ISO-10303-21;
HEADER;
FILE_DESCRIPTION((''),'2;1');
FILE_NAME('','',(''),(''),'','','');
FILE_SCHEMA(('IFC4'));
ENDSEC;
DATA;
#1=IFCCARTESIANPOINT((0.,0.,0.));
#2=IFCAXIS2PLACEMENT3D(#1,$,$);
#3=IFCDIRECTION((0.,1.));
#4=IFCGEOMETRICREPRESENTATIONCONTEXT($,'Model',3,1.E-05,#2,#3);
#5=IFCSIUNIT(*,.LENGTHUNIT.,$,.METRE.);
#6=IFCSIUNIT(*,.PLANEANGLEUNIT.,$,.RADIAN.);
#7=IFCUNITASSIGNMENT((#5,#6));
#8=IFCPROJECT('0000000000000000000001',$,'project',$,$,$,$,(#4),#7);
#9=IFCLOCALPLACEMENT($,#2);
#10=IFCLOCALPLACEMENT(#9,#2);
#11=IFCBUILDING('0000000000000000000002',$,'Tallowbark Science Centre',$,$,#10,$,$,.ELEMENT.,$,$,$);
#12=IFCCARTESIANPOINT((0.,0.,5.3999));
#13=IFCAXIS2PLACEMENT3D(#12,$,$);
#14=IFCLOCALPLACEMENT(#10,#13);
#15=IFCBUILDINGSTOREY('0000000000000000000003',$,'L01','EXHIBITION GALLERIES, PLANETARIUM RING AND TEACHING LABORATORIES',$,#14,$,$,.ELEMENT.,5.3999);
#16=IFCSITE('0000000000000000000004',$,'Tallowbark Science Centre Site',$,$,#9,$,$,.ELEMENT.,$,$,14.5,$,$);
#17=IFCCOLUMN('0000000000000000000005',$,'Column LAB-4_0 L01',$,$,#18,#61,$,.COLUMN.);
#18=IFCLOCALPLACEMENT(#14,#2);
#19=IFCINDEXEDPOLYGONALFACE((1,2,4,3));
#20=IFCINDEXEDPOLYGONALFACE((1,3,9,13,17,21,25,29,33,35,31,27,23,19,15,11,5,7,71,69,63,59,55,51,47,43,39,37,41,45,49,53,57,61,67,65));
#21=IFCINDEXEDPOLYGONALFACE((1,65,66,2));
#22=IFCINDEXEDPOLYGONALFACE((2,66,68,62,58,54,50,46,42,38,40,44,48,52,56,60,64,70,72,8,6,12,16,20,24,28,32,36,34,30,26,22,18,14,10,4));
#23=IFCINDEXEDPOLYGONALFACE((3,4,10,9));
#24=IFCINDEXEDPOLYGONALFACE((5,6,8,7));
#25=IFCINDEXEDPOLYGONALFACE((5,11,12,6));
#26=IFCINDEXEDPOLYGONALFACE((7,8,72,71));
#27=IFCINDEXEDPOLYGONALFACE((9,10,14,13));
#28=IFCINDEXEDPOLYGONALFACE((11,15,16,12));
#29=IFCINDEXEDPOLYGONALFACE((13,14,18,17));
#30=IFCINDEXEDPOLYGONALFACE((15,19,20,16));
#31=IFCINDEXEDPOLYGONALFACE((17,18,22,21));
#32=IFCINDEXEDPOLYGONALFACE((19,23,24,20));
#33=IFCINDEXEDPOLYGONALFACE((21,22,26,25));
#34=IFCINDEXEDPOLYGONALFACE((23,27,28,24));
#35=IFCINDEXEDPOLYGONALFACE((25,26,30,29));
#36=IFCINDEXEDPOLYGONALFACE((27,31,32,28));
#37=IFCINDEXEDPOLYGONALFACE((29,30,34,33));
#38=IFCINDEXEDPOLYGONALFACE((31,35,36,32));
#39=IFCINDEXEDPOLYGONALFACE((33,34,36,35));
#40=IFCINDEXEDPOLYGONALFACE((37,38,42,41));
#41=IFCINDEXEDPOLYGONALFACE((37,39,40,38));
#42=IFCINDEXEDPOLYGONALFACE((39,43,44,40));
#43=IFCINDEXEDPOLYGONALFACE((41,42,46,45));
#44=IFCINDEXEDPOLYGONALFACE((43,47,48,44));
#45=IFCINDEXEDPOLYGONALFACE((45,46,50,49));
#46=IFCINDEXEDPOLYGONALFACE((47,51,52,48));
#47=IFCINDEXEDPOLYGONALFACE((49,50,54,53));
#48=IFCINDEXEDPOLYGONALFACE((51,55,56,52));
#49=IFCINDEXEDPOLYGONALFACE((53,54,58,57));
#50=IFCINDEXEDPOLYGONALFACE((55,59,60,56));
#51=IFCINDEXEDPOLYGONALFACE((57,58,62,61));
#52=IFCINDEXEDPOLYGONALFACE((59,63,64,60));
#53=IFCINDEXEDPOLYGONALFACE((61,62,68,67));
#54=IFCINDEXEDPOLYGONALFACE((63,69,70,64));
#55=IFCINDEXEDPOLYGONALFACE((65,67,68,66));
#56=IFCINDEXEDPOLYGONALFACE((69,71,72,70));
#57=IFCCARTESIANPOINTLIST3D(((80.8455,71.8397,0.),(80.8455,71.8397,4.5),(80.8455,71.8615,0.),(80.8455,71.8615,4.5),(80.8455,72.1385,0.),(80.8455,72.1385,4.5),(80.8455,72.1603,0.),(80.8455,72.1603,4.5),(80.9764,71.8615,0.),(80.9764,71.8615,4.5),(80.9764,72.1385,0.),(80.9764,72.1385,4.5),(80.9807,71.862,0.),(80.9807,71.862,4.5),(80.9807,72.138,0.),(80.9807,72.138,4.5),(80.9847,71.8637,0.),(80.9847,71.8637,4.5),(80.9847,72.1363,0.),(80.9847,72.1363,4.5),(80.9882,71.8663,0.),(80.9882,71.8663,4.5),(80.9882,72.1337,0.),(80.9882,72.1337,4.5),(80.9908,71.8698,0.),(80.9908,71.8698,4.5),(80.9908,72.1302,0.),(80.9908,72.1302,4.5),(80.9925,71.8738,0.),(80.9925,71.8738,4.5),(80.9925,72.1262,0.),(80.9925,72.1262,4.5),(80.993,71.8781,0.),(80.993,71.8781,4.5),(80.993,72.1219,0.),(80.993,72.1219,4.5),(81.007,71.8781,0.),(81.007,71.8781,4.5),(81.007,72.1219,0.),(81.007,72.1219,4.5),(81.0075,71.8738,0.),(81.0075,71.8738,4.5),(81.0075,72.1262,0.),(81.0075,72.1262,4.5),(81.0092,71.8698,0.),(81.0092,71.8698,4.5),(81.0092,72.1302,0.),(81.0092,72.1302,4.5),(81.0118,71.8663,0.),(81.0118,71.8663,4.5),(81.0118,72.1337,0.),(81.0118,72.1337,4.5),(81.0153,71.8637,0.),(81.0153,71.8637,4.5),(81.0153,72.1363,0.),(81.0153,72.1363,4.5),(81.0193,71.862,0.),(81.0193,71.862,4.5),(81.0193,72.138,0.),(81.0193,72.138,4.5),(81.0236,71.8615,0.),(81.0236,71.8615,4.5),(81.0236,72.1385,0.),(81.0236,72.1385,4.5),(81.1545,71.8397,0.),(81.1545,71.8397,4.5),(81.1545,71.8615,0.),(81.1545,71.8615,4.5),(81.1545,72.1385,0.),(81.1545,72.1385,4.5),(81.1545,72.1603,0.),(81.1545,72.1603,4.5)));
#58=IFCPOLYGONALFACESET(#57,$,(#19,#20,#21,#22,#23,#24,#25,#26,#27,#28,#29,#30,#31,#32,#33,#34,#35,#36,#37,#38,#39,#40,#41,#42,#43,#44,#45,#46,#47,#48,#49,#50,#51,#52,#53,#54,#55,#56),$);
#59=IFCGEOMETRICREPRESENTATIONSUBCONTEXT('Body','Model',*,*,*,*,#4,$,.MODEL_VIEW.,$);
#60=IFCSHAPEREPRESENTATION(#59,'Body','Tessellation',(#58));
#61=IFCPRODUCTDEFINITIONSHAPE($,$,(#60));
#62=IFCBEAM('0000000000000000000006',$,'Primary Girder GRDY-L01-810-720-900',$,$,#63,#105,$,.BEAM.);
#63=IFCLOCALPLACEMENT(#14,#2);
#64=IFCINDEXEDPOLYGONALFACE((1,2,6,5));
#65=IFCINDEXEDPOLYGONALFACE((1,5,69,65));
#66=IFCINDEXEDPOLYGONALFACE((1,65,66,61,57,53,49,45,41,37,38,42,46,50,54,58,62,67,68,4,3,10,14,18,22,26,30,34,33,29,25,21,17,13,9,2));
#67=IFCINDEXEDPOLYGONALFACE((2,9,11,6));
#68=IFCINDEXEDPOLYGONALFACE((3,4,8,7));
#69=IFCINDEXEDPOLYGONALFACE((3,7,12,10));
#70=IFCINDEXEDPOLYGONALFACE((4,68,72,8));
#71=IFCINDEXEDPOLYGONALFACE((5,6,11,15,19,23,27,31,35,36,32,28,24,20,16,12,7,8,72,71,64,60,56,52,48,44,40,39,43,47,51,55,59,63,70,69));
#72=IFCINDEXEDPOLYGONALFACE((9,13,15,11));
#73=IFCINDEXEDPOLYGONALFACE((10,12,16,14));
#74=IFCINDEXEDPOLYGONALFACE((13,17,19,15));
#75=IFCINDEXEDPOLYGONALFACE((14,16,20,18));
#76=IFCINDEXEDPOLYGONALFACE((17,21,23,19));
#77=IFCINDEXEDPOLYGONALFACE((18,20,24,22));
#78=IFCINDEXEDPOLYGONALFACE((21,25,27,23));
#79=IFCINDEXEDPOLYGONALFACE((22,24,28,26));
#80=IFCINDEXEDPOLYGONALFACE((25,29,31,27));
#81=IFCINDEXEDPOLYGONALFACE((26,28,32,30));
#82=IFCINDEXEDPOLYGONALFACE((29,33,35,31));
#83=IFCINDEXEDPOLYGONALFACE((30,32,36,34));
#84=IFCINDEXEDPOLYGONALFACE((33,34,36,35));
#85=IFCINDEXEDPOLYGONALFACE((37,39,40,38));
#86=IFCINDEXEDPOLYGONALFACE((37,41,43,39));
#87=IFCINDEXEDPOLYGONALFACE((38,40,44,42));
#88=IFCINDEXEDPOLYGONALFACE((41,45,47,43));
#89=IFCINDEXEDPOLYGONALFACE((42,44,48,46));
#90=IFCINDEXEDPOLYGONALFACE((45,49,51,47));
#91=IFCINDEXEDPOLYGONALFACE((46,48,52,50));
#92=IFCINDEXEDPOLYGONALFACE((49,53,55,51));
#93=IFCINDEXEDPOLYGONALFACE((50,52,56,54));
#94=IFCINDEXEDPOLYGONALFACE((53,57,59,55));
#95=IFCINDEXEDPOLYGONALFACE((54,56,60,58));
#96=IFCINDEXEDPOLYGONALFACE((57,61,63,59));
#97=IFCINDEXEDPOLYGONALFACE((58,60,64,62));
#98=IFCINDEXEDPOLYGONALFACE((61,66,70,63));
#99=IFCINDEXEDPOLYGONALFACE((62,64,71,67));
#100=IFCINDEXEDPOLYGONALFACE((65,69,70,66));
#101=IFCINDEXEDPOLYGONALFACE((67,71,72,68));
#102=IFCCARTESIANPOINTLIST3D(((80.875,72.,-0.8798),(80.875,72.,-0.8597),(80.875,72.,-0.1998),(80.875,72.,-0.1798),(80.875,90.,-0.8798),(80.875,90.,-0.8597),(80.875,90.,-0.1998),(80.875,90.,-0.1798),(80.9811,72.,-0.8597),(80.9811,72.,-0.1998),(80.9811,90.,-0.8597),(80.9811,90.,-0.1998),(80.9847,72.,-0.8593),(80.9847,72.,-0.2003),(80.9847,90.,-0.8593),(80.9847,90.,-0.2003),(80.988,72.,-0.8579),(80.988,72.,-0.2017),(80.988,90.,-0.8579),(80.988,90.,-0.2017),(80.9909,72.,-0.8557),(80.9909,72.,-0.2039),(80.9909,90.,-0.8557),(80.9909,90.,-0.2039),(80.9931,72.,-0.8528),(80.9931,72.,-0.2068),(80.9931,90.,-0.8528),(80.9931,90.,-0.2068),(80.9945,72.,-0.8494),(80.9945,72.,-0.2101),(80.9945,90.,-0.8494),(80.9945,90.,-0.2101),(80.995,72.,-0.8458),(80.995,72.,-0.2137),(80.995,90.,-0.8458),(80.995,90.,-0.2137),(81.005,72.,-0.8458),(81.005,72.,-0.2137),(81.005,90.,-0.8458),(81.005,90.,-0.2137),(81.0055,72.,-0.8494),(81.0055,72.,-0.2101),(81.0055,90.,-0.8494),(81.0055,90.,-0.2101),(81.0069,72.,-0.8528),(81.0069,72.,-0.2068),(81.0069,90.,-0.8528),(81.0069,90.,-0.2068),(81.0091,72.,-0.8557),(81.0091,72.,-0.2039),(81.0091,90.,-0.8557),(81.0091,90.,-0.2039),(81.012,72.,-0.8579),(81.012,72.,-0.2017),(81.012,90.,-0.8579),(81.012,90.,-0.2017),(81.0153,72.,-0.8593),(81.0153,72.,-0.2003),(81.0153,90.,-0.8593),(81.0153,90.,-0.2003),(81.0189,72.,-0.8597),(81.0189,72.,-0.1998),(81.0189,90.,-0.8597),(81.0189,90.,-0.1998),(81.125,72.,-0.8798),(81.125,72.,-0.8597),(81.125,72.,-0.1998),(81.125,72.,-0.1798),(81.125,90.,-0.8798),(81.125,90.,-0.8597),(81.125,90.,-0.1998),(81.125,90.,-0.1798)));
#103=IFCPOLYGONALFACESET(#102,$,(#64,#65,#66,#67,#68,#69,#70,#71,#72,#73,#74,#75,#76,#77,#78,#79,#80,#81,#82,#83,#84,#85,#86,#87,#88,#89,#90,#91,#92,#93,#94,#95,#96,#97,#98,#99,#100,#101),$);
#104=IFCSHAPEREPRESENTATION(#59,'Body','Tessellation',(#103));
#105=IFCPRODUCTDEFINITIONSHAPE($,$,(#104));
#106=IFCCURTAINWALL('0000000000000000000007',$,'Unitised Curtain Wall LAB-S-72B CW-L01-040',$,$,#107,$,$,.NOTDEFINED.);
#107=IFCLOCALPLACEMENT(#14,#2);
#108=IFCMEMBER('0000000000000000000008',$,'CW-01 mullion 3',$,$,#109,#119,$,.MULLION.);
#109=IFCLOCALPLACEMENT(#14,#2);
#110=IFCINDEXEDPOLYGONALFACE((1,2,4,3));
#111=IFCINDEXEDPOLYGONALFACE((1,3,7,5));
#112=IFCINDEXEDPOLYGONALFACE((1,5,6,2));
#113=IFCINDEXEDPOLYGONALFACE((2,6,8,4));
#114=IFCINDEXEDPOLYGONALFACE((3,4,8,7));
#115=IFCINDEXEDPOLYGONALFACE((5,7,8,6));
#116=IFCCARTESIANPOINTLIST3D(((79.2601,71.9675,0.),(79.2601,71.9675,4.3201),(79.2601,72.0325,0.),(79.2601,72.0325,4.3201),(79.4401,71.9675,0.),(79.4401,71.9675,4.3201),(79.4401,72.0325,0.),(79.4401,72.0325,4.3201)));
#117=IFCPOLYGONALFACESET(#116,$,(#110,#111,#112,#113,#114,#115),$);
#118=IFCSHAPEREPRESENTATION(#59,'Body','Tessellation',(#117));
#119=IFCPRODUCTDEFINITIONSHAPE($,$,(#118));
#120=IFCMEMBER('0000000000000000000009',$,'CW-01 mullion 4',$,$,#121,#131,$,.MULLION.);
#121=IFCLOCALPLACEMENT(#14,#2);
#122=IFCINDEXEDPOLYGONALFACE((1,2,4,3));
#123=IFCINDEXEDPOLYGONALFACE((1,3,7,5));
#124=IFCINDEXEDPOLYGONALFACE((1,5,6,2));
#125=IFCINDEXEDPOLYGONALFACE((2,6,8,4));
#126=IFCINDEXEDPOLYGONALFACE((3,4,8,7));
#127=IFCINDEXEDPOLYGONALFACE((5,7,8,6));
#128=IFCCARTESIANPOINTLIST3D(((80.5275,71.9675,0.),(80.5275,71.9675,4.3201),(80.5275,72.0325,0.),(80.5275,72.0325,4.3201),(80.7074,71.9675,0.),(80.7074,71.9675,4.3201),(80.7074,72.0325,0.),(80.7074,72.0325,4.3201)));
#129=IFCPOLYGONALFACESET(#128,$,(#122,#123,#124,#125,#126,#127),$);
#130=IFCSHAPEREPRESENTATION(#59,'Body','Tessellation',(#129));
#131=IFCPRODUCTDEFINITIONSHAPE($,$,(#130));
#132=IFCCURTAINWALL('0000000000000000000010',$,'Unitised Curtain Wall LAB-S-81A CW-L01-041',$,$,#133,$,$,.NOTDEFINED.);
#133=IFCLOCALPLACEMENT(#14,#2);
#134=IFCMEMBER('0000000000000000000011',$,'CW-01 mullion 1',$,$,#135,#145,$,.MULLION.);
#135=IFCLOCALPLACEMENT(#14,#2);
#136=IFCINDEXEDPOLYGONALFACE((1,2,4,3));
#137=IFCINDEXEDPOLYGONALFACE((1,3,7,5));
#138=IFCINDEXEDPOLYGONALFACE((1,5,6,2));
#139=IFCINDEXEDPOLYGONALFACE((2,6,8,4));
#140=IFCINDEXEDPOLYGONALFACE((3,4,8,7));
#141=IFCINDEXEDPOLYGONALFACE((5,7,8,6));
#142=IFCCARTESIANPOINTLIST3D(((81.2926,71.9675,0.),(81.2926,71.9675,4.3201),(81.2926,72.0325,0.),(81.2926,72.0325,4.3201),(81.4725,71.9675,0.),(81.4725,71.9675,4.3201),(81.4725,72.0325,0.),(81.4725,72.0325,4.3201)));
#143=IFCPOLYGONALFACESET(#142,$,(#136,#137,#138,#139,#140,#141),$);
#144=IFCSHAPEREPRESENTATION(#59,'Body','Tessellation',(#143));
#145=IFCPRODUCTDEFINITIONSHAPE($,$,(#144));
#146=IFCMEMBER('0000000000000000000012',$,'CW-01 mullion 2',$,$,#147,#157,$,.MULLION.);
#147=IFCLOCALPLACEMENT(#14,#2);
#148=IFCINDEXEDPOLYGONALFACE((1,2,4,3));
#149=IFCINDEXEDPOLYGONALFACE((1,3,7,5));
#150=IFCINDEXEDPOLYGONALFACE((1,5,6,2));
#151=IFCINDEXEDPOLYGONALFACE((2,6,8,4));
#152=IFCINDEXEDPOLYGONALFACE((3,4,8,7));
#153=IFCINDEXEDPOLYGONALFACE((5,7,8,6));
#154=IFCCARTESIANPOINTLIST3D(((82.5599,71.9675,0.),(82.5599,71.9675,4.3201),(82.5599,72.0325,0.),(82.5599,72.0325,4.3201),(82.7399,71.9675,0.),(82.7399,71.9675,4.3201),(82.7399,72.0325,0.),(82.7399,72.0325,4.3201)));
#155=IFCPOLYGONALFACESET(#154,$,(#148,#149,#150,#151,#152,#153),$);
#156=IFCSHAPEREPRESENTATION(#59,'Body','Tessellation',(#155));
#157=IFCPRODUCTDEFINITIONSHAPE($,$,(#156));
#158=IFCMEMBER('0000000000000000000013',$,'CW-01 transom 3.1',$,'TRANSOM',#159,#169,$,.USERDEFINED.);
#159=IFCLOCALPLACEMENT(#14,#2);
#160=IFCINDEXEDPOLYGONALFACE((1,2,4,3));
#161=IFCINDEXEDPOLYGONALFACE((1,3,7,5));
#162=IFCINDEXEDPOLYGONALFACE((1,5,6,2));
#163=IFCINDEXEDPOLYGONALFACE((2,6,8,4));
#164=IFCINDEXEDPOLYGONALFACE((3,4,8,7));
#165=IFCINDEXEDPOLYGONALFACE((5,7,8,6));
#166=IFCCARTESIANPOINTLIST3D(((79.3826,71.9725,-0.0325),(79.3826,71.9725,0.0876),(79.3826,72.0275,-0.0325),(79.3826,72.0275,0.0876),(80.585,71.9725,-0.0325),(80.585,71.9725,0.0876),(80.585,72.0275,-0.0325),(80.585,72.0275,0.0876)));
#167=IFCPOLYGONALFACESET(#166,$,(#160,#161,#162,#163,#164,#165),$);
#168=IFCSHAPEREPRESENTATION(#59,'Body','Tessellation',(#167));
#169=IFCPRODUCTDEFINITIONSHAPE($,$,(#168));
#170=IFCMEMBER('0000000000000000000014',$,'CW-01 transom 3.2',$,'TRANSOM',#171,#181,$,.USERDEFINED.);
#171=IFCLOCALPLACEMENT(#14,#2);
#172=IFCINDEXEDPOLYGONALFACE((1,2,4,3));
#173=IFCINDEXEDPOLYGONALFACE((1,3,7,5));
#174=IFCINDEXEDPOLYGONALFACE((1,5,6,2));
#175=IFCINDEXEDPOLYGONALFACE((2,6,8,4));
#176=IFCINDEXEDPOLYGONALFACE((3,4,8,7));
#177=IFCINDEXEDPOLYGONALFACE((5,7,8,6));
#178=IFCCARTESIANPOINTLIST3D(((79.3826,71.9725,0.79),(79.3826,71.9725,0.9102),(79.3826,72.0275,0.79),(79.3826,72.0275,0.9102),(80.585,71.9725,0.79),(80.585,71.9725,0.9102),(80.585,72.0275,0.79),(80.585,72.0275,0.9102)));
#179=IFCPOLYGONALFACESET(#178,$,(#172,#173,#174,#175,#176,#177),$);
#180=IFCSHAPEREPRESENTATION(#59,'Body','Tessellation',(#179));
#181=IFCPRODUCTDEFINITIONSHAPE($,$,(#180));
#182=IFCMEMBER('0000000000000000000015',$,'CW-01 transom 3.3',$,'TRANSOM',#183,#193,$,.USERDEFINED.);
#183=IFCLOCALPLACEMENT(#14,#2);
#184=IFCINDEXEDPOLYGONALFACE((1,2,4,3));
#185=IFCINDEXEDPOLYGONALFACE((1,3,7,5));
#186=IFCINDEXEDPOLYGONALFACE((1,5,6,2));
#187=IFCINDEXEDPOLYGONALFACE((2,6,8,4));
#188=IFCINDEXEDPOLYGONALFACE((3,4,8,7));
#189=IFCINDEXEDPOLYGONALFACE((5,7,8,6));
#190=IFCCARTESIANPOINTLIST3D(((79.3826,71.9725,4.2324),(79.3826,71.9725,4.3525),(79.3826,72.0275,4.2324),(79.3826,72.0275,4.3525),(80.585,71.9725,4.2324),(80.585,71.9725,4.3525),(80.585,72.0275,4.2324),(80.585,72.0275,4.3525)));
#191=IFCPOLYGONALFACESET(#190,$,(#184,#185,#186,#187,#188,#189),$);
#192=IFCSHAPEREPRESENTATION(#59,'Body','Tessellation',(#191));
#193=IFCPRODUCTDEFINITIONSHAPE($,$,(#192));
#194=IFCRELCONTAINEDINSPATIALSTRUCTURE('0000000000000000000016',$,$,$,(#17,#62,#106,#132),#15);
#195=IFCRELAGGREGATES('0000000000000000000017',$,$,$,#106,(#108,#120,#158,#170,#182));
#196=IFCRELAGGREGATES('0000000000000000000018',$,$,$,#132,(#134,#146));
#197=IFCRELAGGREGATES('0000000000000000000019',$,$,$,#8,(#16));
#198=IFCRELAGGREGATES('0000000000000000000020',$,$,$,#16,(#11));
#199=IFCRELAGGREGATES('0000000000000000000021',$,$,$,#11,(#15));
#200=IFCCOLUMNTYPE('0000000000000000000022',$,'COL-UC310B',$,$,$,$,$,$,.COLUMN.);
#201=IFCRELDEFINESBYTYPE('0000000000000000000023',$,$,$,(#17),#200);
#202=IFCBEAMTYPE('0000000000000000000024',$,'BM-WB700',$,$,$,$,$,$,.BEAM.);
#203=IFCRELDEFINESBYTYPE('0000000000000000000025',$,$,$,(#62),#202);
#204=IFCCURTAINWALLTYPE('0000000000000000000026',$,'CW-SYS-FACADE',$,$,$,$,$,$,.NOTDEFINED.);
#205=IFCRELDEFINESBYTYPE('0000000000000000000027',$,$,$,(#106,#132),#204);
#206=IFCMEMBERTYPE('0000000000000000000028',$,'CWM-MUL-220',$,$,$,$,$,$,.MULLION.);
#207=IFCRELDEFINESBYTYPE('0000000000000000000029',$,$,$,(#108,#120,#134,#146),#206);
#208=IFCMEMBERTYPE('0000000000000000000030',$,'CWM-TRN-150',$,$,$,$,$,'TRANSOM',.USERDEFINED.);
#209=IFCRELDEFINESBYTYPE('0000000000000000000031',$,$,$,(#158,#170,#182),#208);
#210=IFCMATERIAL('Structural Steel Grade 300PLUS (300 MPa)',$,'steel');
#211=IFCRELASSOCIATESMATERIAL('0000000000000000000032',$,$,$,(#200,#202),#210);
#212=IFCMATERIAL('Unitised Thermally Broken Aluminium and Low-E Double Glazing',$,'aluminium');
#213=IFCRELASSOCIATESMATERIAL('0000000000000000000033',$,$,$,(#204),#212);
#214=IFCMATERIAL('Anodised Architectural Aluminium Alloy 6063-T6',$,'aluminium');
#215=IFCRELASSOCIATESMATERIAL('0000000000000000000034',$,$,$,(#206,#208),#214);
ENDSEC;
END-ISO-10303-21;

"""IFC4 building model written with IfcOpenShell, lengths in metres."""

from ifc_helpers import new_model, si_unit, direction, frame, origin, origin_2d, place, context, subcontext, project, spatial, rectangle, i_section, extrude, material, material_profile, profile_set, type_object, element, aggregate, save


model = new_model("IFC4")

# Units and contexts
model_context = context("Model", 3, precision=1e-05, world=origin(), true_north=direction((0.0, 1.0)))
body_context = subcontext(model_context, "Body", "Model", "MODEL_VIEW")
ifc_project = project(units=[si_unit("LENGTHUNIT", "METRE"), si_unit("PLANEANGLEUNIT", "RADIAN")], contexts=[model_context])

# Site, building, storey
site_placement = place(None, origin())
site = spatial("IfcSite", under=ifc_project, at=site_placement, Name="Tallowbark Science Centre Site", CompositionType="ELEMENT", RefElevation=14.5)
building_placement = place(site_placement, origin())
building = spatial("IfcBuilding", under=site, at=building_placement, Name="Tallowbark Science Centre", CompositionType="ELEMENT")
storey_placement = place(building_placement, frame((0.0, 0.0, 5.3999)))
storey = spatial("IfcBuildingStorey", under=building, at=storey_placement, Name="L01", Description="EXHIBITION GALLERIES, PLANETARIUM RING AND TEACHING LABORATORIES", CompositionType="ELEMENT", Elevation=5.3999)

# Column
ifc_material_1 = material(Name="Structural Steel Grade 300PLUS (300 MPa)", Category="steel")
ifc_material_profile_1 = material_profile(ifc_material_1, i_section(OverallWidth=0.3091, OverallDepth=0.3206, WebThickness=0.0139, FlangeThickness=0.0217, FilletRadius=0.0166, at=origin_2d()), Name="310UC137")
ifc_profile_set_1 = profile_set([ifc_material_profile_1], Name="Structural Steel Grade 300PLUS (300 MPa)")
column_type = type_object("IfcColumnType", Name="COL-UC310B", PredefinedType="COLUMN", material=ifc_profile_set_1)
column_placement = place(storey_placement, frame((81.0, 72.0, 0.0), z_axis=(0.0, 0.0, 1.0), x_axis=(1.0, 0.0, 0.0)))
element("IfcColumn", 1, at=column_placement, inside=storey, type_object=column_type, Name="Column LAB-4_0 L01", PredefinedType="COLUMN", context=body_context, shape_type="SweptSolid", body=[
    extrude(i_section(OverallWidth=0.3091, OverallDepth=0.3206, WebThickness=0.0139, FlangeThickness=0.0217, FilletRadius=0.0166, at=origin_2d()), origin(), (0.0, 0.0, 1.0), 4.5),
])

# Beam
ifc_material_profile_2 = material_profile(ifc_material_1, i_section(OverallWidth=0.25, OverallDepth=0.7, WebThickness=0.01, FlangeThickness=0.02, FilletRadius=0.0139, at=origin_2d()), Name="700WB130")
ifc_profile_set_2 = profile_set([ifc_material_profile_2], Name="Structural Steel Grade 300PLUS (300 MPa)")
beam_type_1 = type_object("IfcBeamType", Name="BM-WB700", PredefinedType="BEAM", material=ifc_profile_set_2)
beam_1_placement = place(storey_placement, frame((81.0, 72.0, -0.5298), z_axis=(0.0, 1.0, 0.0), x_axis=(-1.0, 0.0, 0.0)))
element("IfcBeam", 2, at=beam_1_placement, inside=storey, type_object=beam_type_1, Name="Primary Girder GRDY-L01-810-720-900", PredefinedType="BEAM", context=body_context, shape_type="SweptSolid", body=[
    extrude(i_section(OverallWidth=0.25, OverallDepth=0.7, WebThickness=0.01, FlangeThickness=0.02, FilletRadius=0.0139, at=origin_2d()), origin(), (0.0, 0.0, 1.0), 18.0),
])

# Curtain walls, members
ifc_material_2 = material(Name="Unitised Thermally Broken Aluminium and Low-E Double Glazing", Category="aluminium")
curtain_wall_type = type_object("IfcCurtainWallType", Name="CW-SYS-FACADE", PredefinedType="NOTDEFINED", material=ifc_material_2)
curtain_wall_1_placement = place(storey_placement, origin())
curtain_wall_1 = element("IfcCurtainWall", 3, at=curtain_wall_1_placement, inside=storey, type_object=curtain_wall_type, Name="Unitised Curtain Wall LAB-S-72B CW-L01-040", PredefinedType="NOTDEFINED")
ifc_material_3 = material(Name="Anodised Architectural Aluminium Alloy 6063-T6", Category="aluminium")
ifc_material_profile_3 = material_profile(ifc_material_3, rectangle(XDim=0.0649, YDim=0.1799, at=origin_2d()), Name="ALU65x180")
ifc_profile_set_3 = profile_set([ifc_material_profile_3], Name="Anodised Architectural Aluminium Alloy 6063-T6")
member_type_1 = type_object("IfcMemberType", Name="CWM-MUL-220", PredefinedType="MULLION", material=ifc_profile_set_3)
member_1_placement = place(storey_placement, frame((79.3501, 72.0, 0.0), z_axis=(0.0, 0.0, 1.0), x_axis=(0.0, 1.0, 0.0)))
member_1 = element("IfcMember", 4, at=member_1_placement, type_object=member_type_1, Name="CW-01 mullion 3", PredefinedType="MULLION", context=body_context, shape_type="SweptSolid", body=[
    extrude(rectangle(XDim=0.0649, YDim=0.1799, at=origin_2d()), origin(), (0.0, 0.0, 1.0), 4.3201),
])
member_2_placement = place(storey_placement, frame((80.6174, 72.0, 0.0), z_axis=(0.0, 0.0, 1.0), x_axis=(0.0, 1.0, 0.0)))
member_2 = element("IfcMember", 5, at=member_2_placement, type_object=member_type_1, Name="CW-01 mullion 4", PredefinedType="MULLION", context=body_context, shape_type="SweptSolid", body=[
    extrude(rectangle(XDim=0.0649, YDim=0.1799, at=origin_2d()), origin(), (0.0, 0.0, 1.0), 4.3201),
])
curtain_wall_2_placement = place(storey_placement, origin())
curtain_wall_2 = element("IfcCurtainWall", 6, at=curtain_wall_2_placement, inside=storey, type_object=curtain_wall_type, Name="Unitised Curtain Wall LAB-S-81A CW-L01-041", PredefinedType="NOTDEFINED")
member_3_placement = place(storey_placement, frame((81.3826, 72.0, 0.0), z_axis=(0.0, 0.0, 1.0), x_axis=(0.0, 1.0, 0.0)))
member_3 = element("IfcMember", 7, at=member_3_placement, type_object=member_type_1, Name="CW-01 mullion 1", PredefinedType="MULLION", context=body_context, shape_type="SweptSolid", body=[
    extrude(rectangle(XDim=0.0649, YDim=0.1799, at=origin_2d()), origin(), (0.0, 0.0, 1.0), 4.3201),
])
member_4_placement = place(storey_placement, frame((82.6499, 72.0, 0.0), z_axis=(0.0, 0.0, 1.0), x_axis=(0.0, 1.0, 0.0)))
member_4 = element("IfcMember", 8, at=member_4_placement, type_object=member_type_1, Name="CW-01 mullion 2", PredefinedType="MULLION", context=body_context, shape_type="SweptSolid", body=[
    extrude(rectangle(XDim=0.0649, YDim=0.1799, at=origin_2d()), origin(), (0.0, 0.0, 1.0), 4.3201),
])

# Members
ifc_material_profile_4 = material_profile(ifc_material_3, rectangle(XDim=0.0549, YDim=0.1201, at=origin_2d()), Name="ALU55x120")
ifc_profile_set_4 = profile_set([ifc_material_profile_4], Name="Anodised Architectural Aluminium Alloy 6063-T6")
member_type_2 = type_object("IfcMemberType", Name="CWM-TRN-150", ElementType="TRANSOM", PredefinedType="USERDEFINED", material=ifc_profile_set_4)
member_5_placement = place(storey_placement, frame((79.3826, 72.0, 0.0276), z_axis=(1.0, 0.0, 0.0), x_axis=(0.0, 1.0, 0.0)))
member_5 = element("IfcMember", 9, at=member_5_placement, type_object=member_type_2, Name="CW-01 transom 3.1", ObjectType="TRANSOM", PredefinedType="USERDEFINED", context=body_context, shape_type="SweptSolid", body=[
    extrude(rectangle(XDim=0.0549, YDim=0.1201, at=origin_2d()), origin(), (0.0, 0.0, 1.0), 1.2024),
])
member_6_placement = place(storey_placement, frame((79.3826, 72.0, 0.8501), z_axis=(1.0, 0.0, 0.0), x_axis=(0.0, 1.0, 0.0)))
member_6 = element("IfcMember", 10, at=member_6_placement, type_object=member_type_2, Name="CW-01 transom 3.2", ObjectType="TRANSOM", PredefinedType="USERDEFINED", context=body_context, shape_type="SweptSolid", body=[
    extrude(rectangle(XDim=0.0549, YDim=0.1201, at=origin_2d()), origin(), (0.0, 0.0, 1.0), 1.2024),
])
member_7_placement = place(storey_placement, frame((79.3826, 72.0, 4.2925), z_axis=(1.0, 0.0, 0.0), x_axis=(0.0, 1.0, 0.0)))
member_7 = element("IfcMember", 11, at=member_7_placement, type_object=member_type_2, Name="CW-01 transom 3.3", ObjectType="TRANSOM", PredefinedType="USERDEFINED", context=body_context, shape_type="SweptSolid", body=[
    extrude(rectangle(XDim=0.0549, YDim=0.1201, at=origin_2d()), origin(), (0.0, 0.0, 1.0), 1.2024),
])

aggregate(curtain_wall_1, [member_1, member_2, member_5, member_6, member_7])
aggregate(curtain_wall_2, [member_3, member_4])

save(model, "model.ifc")
